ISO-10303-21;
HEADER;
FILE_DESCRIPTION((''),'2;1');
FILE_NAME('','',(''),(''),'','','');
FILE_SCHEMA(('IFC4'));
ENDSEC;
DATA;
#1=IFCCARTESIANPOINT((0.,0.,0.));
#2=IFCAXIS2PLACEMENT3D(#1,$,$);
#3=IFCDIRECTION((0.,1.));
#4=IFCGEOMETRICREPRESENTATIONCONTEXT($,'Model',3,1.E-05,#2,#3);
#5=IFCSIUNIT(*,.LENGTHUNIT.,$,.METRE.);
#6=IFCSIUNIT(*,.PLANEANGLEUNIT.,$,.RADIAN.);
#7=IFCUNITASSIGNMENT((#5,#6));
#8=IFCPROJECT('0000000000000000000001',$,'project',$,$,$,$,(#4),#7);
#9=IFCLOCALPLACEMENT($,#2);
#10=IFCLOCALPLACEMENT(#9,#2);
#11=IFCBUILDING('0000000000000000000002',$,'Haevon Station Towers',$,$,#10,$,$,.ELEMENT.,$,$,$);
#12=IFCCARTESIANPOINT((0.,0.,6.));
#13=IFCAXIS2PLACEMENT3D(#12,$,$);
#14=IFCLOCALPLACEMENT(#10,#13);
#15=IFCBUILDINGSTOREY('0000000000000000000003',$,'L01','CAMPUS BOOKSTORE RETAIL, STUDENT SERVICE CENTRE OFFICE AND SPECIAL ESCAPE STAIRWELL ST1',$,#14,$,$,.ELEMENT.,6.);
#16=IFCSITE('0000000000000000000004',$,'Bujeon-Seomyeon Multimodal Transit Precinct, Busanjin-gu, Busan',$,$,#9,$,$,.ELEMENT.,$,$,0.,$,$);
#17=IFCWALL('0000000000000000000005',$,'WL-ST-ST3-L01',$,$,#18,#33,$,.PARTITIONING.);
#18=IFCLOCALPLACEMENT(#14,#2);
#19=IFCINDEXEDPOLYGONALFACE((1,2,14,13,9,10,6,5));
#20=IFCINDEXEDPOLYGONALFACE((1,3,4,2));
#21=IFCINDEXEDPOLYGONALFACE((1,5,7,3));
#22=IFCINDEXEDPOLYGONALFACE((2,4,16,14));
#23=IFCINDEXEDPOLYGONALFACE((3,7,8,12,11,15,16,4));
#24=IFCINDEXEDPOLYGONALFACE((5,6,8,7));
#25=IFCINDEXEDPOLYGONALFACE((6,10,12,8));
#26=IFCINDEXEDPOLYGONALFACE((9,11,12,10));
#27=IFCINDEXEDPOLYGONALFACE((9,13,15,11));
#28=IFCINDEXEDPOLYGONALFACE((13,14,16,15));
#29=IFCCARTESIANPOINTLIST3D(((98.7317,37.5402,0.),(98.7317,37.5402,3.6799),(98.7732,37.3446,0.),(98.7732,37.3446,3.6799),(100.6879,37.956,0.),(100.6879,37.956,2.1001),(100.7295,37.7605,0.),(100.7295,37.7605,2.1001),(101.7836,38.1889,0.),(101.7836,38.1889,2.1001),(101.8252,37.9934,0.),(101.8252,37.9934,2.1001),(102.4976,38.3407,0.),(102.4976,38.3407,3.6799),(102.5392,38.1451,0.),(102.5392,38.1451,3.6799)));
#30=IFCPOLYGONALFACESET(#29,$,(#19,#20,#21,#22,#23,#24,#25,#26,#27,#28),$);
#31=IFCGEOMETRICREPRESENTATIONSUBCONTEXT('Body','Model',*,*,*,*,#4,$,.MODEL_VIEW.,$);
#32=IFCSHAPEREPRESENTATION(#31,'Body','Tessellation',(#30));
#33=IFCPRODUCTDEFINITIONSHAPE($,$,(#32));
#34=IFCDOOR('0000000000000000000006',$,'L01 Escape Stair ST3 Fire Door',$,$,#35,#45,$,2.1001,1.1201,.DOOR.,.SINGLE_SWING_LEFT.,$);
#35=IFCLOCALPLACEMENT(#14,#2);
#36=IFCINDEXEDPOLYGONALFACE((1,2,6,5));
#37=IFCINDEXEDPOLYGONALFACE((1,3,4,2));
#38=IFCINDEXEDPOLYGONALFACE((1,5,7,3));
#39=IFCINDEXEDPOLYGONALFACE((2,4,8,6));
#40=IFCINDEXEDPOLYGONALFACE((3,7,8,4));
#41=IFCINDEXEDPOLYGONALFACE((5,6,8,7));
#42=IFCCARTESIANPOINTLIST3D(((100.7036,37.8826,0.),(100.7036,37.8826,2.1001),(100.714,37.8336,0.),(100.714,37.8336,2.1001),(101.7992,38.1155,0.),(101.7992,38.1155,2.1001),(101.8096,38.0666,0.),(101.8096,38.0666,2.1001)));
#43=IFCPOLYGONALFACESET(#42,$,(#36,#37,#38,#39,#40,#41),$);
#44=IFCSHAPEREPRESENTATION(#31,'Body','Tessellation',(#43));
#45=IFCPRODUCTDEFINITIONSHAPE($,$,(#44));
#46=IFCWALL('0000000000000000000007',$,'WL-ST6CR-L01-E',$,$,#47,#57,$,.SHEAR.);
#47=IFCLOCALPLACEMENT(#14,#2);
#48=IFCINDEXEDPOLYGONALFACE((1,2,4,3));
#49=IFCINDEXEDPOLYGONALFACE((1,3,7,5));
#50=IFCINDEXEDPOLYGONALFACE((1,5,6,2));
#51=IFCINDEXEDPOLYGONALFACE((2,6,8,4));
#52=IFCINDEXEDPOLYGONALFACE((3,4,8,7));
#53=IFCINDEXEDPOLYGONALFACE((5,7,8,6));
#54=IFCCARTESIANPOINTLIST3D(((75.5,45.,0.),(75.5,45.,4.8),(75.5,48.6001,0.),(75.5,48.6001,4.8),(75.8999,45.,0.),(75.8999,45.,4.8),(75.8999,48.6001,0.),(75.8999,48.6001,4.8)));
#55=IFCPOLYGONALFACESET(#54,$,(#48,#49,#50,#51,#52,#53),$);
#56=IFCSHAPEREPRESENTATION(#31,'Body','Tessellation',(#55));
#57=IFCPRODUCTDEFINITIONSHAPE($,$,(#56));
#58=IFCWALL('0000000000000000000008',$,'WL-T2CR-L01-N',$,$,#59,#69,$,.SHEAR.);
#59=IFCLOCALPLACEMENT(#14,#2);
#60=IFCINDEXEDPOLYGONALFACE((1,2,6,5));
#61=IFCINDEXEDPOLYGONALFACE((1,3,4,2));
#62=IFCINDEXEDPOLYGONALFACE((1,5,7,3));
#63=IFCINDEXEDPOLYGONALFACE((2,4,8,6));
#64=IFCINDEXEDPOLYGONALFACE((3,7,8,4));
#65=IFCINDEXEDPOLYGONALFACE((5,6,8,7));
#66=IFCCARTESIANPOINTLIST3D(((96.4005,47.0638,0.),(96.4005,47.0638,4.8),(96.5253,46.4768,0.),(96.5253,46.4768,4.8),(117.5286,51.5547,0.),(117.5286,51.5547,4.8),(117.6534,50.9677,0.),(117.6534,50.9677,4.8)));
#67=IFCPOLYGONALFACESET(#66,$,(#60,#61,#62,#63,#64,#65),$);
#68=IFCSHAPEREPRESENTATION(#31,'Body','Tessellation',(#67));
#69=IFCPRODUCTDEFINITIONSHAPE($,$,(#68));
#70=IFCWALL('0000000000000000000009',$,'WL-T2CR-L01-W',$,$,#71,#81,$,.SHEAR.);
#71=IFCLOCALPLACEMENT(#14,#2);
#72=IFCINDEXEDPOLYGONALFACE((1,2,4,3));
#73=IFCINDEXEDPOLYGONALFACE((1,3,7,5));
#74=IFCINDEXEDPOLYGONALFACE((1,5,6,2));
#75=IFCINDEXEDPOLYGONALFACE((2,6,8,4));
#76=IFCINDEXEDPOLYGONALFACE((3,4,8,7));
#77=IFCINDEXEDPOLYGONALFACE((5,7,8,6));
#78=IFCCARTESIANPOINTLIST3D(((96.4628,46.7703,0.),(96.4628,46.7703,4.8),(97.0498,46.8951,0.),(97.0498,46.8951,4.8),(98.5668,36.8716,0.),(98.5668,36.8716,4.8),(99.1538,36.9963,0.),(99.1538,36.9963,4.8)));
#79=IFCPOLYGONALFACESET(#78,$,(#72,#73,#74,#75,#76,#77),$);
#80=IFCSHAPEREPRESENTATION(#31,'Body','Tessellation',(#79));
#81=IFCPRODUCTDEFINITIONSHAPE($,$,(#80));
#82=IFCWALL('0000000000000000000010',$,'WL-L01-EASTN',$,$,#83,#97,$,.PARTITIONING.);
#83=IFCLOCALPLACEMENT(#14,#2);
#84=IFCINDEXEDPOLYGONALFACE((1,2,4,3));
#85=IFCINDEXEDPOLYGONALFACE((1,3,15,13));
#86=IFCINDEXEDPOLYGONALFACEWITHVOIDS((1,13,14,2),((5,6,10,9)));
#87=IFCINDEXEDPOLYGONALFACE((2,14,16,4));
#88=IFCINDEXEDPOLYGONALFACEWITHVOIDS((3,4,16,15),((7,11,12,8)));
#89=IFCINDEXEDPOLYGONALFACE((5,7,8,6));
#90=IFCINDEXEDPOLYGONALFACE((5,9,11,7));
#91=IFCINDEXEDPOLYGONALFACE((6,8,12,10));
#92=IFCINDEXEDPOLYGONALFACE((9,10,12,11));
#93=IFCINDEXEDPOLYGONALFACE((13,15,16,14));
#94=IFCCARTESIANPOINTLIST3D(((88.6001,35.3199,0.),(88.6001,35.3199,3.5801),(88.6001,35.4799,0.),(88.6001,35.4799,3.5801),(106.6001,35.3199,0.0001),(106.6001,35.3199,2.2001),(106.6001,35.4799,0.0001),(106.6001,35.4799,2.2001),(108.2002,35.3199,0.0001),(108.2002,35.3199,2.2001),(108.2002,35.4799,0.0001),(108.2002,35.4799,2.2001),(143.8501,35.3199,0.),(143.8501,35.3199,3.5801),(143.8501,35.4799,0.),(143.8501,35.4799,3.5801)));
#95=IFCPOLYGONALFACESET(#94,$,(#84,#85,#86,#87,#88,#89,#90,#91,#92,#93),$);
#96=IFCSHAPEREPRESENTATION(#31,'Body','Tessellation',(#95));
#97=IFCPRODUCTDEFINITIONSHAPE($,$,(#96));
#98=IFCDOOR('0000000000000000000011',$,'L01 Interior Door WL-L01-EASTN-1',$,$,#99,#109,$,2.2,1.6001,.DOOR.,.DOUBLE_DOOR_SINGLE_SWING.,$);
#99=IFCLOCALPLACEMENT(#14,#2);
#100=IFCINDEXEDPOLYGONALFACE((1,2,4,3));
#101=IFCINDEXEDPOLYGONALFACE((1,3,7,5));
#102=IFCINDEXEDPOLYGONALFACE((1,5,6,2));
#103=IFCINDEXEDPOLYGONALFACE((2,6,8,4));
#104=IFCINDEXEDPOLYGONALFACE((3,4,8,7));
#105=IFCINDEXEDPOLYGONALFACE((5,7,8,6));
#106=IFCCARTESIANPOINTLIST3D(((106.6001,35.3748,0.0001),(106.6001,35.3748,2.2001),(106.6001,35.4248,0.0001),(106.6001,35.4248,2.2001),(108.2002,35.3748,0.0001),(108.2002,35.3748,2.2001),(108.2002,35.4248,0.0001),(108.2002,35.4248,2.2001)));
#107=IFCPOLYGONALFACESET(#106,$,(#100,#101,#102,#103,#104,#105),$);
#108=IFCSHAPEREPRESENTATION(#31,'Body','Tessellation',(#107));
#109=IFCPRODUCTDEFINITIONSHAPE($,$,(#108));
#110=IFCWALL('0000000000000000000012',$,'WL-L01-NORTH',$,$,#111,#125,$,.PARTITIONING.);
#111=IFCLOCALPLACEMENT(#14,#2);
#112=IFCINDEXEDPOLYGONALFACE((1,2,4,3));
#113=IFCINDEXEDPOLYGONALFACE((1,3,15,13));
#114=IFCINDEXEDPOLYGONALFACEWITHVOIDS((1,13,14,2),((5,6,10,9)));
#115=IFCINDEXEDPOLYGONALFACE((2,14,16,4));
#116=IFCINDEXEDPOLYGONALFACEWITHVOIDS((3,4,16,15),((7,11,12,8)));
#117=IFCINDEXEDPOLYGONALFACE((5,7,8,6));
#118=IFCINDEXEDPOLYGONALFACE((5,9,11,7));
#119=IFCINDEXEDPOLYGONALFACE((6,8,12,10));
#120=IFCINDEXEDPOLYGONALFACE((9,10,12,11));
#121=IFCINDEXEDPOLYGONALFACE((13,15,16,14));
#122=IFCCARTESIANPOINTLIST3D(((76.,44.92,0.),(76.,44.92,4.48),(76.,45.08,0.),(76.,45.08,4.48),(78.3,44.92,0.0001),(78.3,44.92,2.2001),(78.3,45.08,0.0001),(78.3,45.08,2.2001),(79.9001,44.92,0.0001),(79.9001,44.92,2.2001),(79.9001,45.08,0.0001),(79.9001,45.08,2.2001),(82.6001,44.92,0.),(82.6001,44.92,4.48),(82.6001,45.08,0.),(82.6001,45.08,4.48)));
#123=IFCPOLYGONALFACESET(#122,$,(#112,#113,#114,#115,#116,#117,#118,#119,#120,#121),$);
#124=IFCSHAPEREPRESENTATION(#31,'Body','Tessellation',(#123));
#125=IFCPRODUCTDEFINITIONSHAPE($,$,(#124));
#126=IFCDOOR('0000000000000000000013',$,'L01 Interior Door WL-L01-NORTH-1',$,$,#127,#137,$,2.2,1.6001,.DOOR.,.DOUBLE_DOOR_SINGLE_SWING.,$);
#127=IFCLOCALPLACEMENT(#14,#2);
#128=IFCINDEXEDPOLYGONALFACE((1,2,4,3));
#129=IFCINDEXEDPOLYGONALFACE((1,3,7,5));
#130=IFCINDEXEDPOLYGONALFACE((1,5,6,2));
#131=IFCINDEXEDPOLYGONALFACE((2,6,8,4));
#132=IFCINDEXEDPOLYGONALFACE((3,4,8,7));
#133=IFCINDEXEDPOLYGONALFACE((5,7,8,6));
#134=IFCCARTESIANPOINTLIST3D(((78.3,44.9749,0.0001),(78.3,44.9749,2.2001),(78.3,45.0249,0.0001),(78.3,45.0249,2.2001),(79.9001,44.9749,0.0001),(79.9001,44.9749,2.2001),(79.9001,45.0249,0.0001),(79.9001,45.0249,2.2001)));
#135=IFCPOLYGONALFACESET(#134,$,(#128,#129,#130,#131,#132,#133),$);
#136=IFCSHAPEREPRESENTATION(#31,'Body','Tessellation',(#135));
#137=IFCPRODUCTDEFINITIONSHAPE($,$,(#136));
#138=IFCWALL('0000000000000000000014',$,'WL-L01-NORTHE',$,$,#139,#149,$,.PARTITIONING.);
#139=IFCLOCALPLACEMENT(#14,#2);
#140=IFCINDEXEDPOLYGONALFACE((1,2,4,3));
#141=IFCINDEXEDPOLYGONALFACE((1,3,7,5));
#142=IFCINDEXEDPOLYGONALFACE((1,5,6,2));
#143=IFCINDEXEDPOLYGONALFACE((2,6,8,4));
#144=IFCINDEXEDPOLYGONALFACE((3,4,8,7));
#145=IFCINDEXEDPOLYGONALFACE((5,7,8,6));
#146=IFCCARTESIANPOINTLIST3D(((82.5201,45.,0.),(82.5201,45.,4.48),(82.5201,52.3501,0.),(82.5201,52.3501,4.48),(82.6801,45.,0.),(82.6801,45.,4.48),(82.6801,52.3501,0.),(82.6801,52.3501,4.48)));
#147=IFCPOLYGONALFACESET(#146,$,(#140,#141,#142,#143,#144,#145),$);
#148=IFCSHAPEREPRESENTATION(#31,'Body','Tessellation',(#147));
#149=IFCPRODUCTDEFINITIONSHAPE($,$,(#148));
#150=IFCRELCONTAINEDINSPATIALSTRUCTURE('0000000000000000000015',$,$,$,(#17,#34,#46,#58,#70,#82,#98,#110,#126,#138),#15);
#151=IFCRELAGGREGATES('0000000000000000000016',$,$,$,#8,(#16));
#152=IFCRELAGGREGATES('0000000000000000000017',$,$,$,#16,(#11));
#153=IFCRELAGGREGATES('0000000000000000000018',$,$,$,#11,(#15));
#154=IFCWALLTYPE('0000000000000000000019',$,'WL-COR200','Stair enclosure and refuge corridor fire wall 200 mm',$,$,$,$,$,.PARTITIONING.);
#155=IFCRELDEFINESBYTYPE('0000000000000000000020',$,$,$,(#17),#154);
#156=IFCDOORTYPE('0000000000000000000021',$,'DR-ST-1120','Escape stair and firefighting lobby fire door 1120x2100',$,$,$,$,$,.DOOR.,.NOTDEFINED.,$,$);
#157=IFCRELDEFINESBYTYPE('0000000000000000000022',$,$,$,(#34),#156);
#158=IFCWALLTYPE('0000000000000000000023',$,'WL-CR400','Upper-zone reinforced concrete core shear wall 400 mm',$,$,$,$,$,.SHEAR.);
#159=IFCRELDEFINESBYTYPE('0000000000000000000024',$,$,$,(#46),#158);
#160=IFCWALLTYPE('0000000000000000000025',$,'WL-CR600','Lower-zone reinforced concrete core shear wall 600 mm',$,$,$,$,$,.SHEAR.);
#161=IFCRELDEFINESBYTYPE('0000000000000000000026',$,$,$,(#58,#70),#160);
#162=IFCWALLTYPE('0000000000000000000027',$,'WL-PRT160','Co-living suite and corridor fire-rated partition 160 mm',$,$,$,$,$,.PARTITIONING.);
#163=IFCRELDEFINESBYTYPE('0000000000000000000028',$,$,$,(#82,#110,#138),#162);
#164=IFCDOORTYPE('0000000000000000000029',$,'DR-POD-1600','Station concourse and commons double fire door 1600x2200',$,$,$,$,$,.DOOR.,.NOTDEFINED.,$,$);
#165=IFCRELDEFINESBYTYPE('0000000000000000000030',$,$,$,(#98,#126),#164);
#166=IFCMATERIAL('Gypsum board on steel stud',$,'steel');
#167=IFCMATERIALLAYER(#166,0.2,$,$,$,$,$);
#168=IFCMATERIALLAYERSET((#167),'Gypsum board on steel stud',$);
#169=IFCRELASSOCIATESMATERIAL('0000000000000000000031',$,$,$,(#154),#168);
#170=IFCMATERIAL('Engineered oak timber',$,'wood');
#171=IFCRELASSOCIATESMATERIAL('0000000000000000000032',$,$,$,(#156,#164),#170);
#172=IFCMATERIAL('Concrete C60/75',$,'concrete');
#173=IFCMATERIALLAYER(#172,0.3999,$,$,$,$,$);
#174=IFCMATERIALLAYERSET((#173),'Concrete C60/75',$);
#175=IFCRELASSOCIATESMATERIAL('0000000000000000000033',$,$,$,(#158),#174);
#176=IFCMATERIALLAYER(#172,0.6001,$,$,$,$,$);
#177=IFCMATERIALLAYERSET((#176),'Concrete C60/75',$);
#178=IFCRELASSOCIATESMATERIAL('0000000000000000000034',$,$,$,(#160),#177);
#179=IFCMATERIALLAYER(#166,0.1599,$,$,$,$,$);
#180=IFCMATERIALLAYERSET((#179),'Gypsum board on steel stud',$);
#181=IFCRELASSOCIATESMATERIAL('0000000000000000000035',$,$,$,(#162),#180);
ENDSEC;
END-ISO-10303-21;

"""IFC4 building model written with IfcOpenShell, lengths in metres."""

from ifc_helpers import new_model, si_unit, direction, frame, frame_2d, origin, place, context, subcontext, project, spatial, rectangle, extrude, material, layer, layer_set, type_object, element, fill, save


model = new_model("IFC4")

# Units and contexts
model_context = context("Model", 3, precision=1e-05, world=origin(), true_north=direction((0.0, 1.0)))
body_context = subcontext(model_context, "Body", "Model", "MODEL_VIEW")
ifc_project = project(units=[si_unit("LENGTHUNIT", "METRE"), si_unit("PLANEANGLEUNIT", "RADIAN")], contexts=[model_context])

# Site, building, storey
site_placement = place(None, origin())
site = spatial("IfcSite", under=ifc_project, at=site_placement, Name="Bujeon-Seomyeon Multimodal Transit Precinct, Busanjin-gu, Busan", CompositionType="ELEMENT", RefElevation=0.0)
building_placement = place(site_placement, origin())
building = spatial("IfcBuilding", under=site, at=building_placement, Name="Haevon Station Towers", CompositionType="ELEMENT")
storey_placement = place(building_placement, frame((0.0, 0.0, 6.0)))
storey = spatial("IfcBuildingStorey", under=building, at=storey_placement, Name="L01", Description="CAMPUS BOOKSTORE RETAIL, STUDENT SERVICE CENTRE OFFICE AND SPECIAL ESCAPE STAIRWELL ST1", CompositionType="ELEMENT", Elevation=6.0)

# Wall, opening, door
ifc_material_1 = material(Name="Gypsum board on steel stud", Category="steel")
ifc_layer_1 = layer(ifc_material_1, 0.2)
ifc_layer_set_1 = layer_set([ifc_layer_1], Name="Gypsum board on steel stud")
wall_type_1 = type_object("IfcWallType", Name="WL-COR200", Description="Stair enclosure and refuge corridor fire wall 200 mm", PredefinedType="PARTITIONING", material=ifc_layer_set_1)
wall_1_placement = place(storey_placement, frame((98.7524, 37.4424, 0.0), z_axis=(0.0, 0.0, 1.0), x_axis=(0.978144, 0.207931, 0.0)))
wall_1 = element("IfcWall", 1, at=wall_1_placement, inside=storey, type_object=wall_type_1, Name="WL-ST-ST3-L01", PredefinedType="PARTITIONING", context=body_context, shape_type="SweptSolid", body=[
    extrude(rectangle(XDim=3.8501, YDim=0.2, at=frame_2d((1.925, 0.0))), origin(), (0.0, 0.0, 1.0), 3.6799),
])
opening_1_placement = place(wall_1_placement, frame((2.0, 0.0, 0.0)))
opening_1 = element("IfcOpeningElement", 2, at=opening_1_placement, cuts=wall_1, PredefinedType="OPENING", context=body_context, shape_type="SweptSolid", body=[
    extrude(rectangle(XDim=1.1201, YDim=2.1001, at=frame_2d((0.5601, 1.05))), frame((0.0, 0.1099, 0.0), z_axis=(0.0, -1.0, 0.0), x_axis=(1.0, 0.0, 0.0)), (0.0, 0.0, 1.0), 0.22),
])
ifc_material_2 = material(Name="Engineered oak timber", Category="wood")
door_type_1 = type_object("IfcDoorType", Name="DR-ST-1120", Description="Escape stair and firefighting lobby fire door 1120x2100", OperationType="NOTDEFINED", PredefinedType="DOOR", material=ifc_material_2)
door_1_placement = place(opening_1_placement, origin())
door_1 = element("IfcDoor", 3, at=door_1_placement, inside=storey, type_object=door_type_1, Name="L01 Escape Stair ST3 Fire Door", OperationType="SINGLE_SWING_LEFT", OverallHeight=2.1001, OverallWidth=1.1201, PredefinedType="DOOR", context=body_context, shape_type="SweptSolid", body=[
    extrude(rectangle(XDim=1.1201, YDim=2.1001, at=frame_2d((0.5601, 1.05))), frame((0.0, 0.0249, 0.0), z_axis=(0.0, -1.0, 0.0), x_axis=(1.0, 0.0, 0.0)), (0.0, 0.0, 1.0), 0.05),
])
fill(opening_1, door_1)

# Walls
ifc_material_3 = material(Name="Concrete C60/75", Category="concrete")
ifc_layer_2 = layer(ifc_material_3, 0.3999)
ifc_layer_set_2 = layer_set([ifc_layer_2], Name="Concrete C60/75")
wall_type_2 = type_object("IfcWallType", Name="WL-CR400", Description="Upper-zone reinforced concrete core shear wall 400 mm", PredefinedType="SHEAR", material=ifc_layer_set_2)
wall_2_placement = place(storey_placement, frame((75.7, 45.0, 0.0), z_axis=(0.0, 0.0, 1.0), x_axis=(0.0, 1.0, 0.0)))
element("IfcWall", 4, at=wall_2_placement, inside=storey, type_object=wall_type_2, Name="WL-ST6CR-L01-E", PredefinedType="SHEAR", context=body_context, shape_type="SweptSolid", body=[
    extrude(rectangle(XDim=3.6001, YDim=0.3999, at=frame_2d((1.8, 0.0))), origin(), (0.0, 0.0, 1.0), 4.8),
])
ifc_layer_3 = layer(ifc_material_3, 0.6001)
ifc_layer_set_3 = layer_set([ifc_layer_3], Name="Concrete C60/75")
wall_type_3 = type_object("IfcWallType", Name="WL-CR600", Description="Lower-zone reinforced concrete core shear wall 600 mm", PredefinedType="SHEAR", material=ifc_layer_set_3)
wall_3_placement = place(storey_placement, frame((96.4629, 46.7703, 0.0), z_axis=(0.0, 0.0, 1.0), x_axis=(0.978147, 0.207913, 0.0)))
element("IfcWall", 5, at=wall_3_placement, inside=storey, type_object=wall_type_3, Name="WL-T2CR-L01-N", PredefinedType="SHEAR", context=body_context, shape_type="SweptSolid", body=[
    extrude(rectangle(XDim=21.6001, YDim=0.6001, at=frame_2d((10.8, 0.0))), origin(), (0.0, 0.0, 1.0), 4.8),
])
wall_4_placement = place(storey_placement, frame((98.8604, 36.9338, 0.0), z_axis=(0.0, 0.0, 1.0), x_axis=(-0.207909, 0.978148, 0.0)))
element("IfcWall", 6, at=wall_4_placement, inside=storey, type_object=wall_type_3, Name="WL-T2CR-L01-W", PredefinedType="SHEAR", context=body_context, shape_type="SweptSolid", body=[
    extrude(rectangle(XDim=10.1199, YDim=0.6001, at=frame_2d((5.0601, 0.0))), origin(), (0.0, 0.0, 1.0), 4.8),
])

# Walls, openings, doors
ifc_layer_4 = layer(ifc_material_1, 0.1599)
ifc_layer_set_4 = layer_set([ifc_layer_4], Name="Gypsum board on steel stud")
wall_type_4 = type_object("IfcWallType", Name="WL-PRT160", Description="Co-living suite and corridor fire-rated partition 160 mm", PredefinedType="PARTITIONING", material=ifc_layer_set_4)
wall_5_placement = place(storey_placement, frame((88.6001, 35.3999, 0.0), z_axis=(0.0, 0.0, 1.0), x_axis=(1.0, 0.0, 0.0)))
wall_5 = element("IfcWall", 7, at=wall_5_placement, inside=storey, type_object=wall_type_4, Name="WL-L01-EASTN", PredefinedType="PARTITIONING", context=body_context, shape_type="SweptSolid", body=[
    extrude(rectangle(XDim=55.25, YDim=0.1599, at=frame_2d((27.625, 0.0))), origin(), (0.0, 0.0, 1.0), 3.5801),
])
opening_2_placement = place(wall_5_placement, frame((18.0, 0.0, 0.0)))
opening_2 = element("IfcOpeningElement", 8, at=opening_2_placement, cuts=wall_5, PredefinedType="OPENING", context=body_context, shape_type="SweptSolid", body=[
    extrude(rectangle(XDim=1.6001, YDim=2.2, at=frame_2d((0.8, 1.1001))), frame((0.0, 0.0898, 0.0), z_axis=(0.0, -1.0, 0.0), x_axis=(1.0, 0.0, 0.0)), (0.0, 0.0, 1.0), 0.1799),
])
door_type_2 = type_object("IfcDoorType", Name="DR-POD-1600", Description="Station concourse and commons double fire door 1600x2200", OperationType="NOTDEFINED", PredefinedType="DOOR", material=ifc_material_2)
door_2_placement = place(opening_2_placement, origin())
door_2 = element("IfcDoor", 9, at=door_2_placement, inside=storey, type_object=door_type_2, Name="L01 Interior Door WL-L01-EASTN-1", OperationType="DOUBLE_DOOR_SINGLE_SWING", OverallHeight=2.2, OverallWidth=1.6001, PredefinedType="DOOR", context=body_context, shape_type="SweptSolid", body=[
    extrude(rectangle(XDim=1.6001, YDim=2.2, at=frame_2d((0.8, 1.1001))), frame((0.0, 0.0249, 0.0), z_axis=(0.0, -1.0, 0.0), x_axis=(1.0, 0.0, 0.0)), (0.0, 0.0, 1.0), 0.05),
])
fill(opening_2, door_2)
wall_6_placement = place(storey_placement, frame((76.0, 45.0, 0.0), z_axis=(0.0, 0.0, 1.0), x_axis=(1.0, 0.0, 0.0)))
wall_6 = element("IfcWall", 10, at=wall_6_placement, inside=storey, type_object=wall_type_4, Name="WL-L01-NORTH", PredefinedType="PARTITIONING", context=body_context, shape_type="SweptSolid", body=[
    extrude(rectangle(XDim=6.6001, YDim=0.1599, at=frame_2d((3.3, 0.0))), origin(), (0.0, 0.0, 1.0), 4.48),
])
opening_3_placement = place(wall_6_placement, frame((2.3, 0.0, 0.0)))
opening_3 = element("IfcOpeningElement", 11, at=opening_3_placement, cuts=wall_6, PredefinedType="OPENING", context=body_context, shape_type="SweptSolid", body=[
    extrude(rectangle(XDim=1.6001, YDim=2.2, at=frame_2d((0.8, 1.1001))), frame((0.0, 0.0898, 0.0), z_axis=(0.0, -1.0, 0.0), x_axis=(1.0, 0.0, 0.0)), (0.0, 0.0, 1.0), 0.1799),
])
door_3_placement = place(opening_3_placement, origin())
door_3 = element("IfcDoor", 12, at=door_3_placement, inside=storey, type_object=door_type_2, Name="L01 Interior Door WL-L01-NORTH-1", OperationType="DOUBLE_DOOR_SINGLE_SWING", OverallHeight=2.2, OverallWidth=1.6001, PredefinedType="DOOR", context=body_context, shape_type="SweptSolid", body=[
    extrude(rectangle(XDim=1.6001, YDim=2.2, at=frame_2d((0.8, 1.1001))), frame((0.0, 0.0249, 0.0), z_axis=(0.0, -1.0, 0.0), x_axis=(1.0, 0.0, 0.0)), (0.0, 0.0, 1.0), 0.05),
])
fill(opening_3, door_3)

# Wall
wall_7_placement = place(storey_placement, frame((82.6001, 45.0, 0.0), z_axis=(0.0, 0.0, 1.0), x_axis=(0.0, 1.0, 0.0)))
element("IfcWall", 13, at=wall_7_placement, inside=storey, type_object=wall_type_4, Name="WL-L01-NORTHE", PredefinedType="PARTITIONING", context=body_context, shape_type="SweptSolid", body=[
    extrude(rectangle(XDim=7.3501, YDim=0.1599, at=frame_2d((3.675, 0.0))), origin(), (0.0, 0.0, 1.0), 4.48),
])

save(model, "model.ifc")
